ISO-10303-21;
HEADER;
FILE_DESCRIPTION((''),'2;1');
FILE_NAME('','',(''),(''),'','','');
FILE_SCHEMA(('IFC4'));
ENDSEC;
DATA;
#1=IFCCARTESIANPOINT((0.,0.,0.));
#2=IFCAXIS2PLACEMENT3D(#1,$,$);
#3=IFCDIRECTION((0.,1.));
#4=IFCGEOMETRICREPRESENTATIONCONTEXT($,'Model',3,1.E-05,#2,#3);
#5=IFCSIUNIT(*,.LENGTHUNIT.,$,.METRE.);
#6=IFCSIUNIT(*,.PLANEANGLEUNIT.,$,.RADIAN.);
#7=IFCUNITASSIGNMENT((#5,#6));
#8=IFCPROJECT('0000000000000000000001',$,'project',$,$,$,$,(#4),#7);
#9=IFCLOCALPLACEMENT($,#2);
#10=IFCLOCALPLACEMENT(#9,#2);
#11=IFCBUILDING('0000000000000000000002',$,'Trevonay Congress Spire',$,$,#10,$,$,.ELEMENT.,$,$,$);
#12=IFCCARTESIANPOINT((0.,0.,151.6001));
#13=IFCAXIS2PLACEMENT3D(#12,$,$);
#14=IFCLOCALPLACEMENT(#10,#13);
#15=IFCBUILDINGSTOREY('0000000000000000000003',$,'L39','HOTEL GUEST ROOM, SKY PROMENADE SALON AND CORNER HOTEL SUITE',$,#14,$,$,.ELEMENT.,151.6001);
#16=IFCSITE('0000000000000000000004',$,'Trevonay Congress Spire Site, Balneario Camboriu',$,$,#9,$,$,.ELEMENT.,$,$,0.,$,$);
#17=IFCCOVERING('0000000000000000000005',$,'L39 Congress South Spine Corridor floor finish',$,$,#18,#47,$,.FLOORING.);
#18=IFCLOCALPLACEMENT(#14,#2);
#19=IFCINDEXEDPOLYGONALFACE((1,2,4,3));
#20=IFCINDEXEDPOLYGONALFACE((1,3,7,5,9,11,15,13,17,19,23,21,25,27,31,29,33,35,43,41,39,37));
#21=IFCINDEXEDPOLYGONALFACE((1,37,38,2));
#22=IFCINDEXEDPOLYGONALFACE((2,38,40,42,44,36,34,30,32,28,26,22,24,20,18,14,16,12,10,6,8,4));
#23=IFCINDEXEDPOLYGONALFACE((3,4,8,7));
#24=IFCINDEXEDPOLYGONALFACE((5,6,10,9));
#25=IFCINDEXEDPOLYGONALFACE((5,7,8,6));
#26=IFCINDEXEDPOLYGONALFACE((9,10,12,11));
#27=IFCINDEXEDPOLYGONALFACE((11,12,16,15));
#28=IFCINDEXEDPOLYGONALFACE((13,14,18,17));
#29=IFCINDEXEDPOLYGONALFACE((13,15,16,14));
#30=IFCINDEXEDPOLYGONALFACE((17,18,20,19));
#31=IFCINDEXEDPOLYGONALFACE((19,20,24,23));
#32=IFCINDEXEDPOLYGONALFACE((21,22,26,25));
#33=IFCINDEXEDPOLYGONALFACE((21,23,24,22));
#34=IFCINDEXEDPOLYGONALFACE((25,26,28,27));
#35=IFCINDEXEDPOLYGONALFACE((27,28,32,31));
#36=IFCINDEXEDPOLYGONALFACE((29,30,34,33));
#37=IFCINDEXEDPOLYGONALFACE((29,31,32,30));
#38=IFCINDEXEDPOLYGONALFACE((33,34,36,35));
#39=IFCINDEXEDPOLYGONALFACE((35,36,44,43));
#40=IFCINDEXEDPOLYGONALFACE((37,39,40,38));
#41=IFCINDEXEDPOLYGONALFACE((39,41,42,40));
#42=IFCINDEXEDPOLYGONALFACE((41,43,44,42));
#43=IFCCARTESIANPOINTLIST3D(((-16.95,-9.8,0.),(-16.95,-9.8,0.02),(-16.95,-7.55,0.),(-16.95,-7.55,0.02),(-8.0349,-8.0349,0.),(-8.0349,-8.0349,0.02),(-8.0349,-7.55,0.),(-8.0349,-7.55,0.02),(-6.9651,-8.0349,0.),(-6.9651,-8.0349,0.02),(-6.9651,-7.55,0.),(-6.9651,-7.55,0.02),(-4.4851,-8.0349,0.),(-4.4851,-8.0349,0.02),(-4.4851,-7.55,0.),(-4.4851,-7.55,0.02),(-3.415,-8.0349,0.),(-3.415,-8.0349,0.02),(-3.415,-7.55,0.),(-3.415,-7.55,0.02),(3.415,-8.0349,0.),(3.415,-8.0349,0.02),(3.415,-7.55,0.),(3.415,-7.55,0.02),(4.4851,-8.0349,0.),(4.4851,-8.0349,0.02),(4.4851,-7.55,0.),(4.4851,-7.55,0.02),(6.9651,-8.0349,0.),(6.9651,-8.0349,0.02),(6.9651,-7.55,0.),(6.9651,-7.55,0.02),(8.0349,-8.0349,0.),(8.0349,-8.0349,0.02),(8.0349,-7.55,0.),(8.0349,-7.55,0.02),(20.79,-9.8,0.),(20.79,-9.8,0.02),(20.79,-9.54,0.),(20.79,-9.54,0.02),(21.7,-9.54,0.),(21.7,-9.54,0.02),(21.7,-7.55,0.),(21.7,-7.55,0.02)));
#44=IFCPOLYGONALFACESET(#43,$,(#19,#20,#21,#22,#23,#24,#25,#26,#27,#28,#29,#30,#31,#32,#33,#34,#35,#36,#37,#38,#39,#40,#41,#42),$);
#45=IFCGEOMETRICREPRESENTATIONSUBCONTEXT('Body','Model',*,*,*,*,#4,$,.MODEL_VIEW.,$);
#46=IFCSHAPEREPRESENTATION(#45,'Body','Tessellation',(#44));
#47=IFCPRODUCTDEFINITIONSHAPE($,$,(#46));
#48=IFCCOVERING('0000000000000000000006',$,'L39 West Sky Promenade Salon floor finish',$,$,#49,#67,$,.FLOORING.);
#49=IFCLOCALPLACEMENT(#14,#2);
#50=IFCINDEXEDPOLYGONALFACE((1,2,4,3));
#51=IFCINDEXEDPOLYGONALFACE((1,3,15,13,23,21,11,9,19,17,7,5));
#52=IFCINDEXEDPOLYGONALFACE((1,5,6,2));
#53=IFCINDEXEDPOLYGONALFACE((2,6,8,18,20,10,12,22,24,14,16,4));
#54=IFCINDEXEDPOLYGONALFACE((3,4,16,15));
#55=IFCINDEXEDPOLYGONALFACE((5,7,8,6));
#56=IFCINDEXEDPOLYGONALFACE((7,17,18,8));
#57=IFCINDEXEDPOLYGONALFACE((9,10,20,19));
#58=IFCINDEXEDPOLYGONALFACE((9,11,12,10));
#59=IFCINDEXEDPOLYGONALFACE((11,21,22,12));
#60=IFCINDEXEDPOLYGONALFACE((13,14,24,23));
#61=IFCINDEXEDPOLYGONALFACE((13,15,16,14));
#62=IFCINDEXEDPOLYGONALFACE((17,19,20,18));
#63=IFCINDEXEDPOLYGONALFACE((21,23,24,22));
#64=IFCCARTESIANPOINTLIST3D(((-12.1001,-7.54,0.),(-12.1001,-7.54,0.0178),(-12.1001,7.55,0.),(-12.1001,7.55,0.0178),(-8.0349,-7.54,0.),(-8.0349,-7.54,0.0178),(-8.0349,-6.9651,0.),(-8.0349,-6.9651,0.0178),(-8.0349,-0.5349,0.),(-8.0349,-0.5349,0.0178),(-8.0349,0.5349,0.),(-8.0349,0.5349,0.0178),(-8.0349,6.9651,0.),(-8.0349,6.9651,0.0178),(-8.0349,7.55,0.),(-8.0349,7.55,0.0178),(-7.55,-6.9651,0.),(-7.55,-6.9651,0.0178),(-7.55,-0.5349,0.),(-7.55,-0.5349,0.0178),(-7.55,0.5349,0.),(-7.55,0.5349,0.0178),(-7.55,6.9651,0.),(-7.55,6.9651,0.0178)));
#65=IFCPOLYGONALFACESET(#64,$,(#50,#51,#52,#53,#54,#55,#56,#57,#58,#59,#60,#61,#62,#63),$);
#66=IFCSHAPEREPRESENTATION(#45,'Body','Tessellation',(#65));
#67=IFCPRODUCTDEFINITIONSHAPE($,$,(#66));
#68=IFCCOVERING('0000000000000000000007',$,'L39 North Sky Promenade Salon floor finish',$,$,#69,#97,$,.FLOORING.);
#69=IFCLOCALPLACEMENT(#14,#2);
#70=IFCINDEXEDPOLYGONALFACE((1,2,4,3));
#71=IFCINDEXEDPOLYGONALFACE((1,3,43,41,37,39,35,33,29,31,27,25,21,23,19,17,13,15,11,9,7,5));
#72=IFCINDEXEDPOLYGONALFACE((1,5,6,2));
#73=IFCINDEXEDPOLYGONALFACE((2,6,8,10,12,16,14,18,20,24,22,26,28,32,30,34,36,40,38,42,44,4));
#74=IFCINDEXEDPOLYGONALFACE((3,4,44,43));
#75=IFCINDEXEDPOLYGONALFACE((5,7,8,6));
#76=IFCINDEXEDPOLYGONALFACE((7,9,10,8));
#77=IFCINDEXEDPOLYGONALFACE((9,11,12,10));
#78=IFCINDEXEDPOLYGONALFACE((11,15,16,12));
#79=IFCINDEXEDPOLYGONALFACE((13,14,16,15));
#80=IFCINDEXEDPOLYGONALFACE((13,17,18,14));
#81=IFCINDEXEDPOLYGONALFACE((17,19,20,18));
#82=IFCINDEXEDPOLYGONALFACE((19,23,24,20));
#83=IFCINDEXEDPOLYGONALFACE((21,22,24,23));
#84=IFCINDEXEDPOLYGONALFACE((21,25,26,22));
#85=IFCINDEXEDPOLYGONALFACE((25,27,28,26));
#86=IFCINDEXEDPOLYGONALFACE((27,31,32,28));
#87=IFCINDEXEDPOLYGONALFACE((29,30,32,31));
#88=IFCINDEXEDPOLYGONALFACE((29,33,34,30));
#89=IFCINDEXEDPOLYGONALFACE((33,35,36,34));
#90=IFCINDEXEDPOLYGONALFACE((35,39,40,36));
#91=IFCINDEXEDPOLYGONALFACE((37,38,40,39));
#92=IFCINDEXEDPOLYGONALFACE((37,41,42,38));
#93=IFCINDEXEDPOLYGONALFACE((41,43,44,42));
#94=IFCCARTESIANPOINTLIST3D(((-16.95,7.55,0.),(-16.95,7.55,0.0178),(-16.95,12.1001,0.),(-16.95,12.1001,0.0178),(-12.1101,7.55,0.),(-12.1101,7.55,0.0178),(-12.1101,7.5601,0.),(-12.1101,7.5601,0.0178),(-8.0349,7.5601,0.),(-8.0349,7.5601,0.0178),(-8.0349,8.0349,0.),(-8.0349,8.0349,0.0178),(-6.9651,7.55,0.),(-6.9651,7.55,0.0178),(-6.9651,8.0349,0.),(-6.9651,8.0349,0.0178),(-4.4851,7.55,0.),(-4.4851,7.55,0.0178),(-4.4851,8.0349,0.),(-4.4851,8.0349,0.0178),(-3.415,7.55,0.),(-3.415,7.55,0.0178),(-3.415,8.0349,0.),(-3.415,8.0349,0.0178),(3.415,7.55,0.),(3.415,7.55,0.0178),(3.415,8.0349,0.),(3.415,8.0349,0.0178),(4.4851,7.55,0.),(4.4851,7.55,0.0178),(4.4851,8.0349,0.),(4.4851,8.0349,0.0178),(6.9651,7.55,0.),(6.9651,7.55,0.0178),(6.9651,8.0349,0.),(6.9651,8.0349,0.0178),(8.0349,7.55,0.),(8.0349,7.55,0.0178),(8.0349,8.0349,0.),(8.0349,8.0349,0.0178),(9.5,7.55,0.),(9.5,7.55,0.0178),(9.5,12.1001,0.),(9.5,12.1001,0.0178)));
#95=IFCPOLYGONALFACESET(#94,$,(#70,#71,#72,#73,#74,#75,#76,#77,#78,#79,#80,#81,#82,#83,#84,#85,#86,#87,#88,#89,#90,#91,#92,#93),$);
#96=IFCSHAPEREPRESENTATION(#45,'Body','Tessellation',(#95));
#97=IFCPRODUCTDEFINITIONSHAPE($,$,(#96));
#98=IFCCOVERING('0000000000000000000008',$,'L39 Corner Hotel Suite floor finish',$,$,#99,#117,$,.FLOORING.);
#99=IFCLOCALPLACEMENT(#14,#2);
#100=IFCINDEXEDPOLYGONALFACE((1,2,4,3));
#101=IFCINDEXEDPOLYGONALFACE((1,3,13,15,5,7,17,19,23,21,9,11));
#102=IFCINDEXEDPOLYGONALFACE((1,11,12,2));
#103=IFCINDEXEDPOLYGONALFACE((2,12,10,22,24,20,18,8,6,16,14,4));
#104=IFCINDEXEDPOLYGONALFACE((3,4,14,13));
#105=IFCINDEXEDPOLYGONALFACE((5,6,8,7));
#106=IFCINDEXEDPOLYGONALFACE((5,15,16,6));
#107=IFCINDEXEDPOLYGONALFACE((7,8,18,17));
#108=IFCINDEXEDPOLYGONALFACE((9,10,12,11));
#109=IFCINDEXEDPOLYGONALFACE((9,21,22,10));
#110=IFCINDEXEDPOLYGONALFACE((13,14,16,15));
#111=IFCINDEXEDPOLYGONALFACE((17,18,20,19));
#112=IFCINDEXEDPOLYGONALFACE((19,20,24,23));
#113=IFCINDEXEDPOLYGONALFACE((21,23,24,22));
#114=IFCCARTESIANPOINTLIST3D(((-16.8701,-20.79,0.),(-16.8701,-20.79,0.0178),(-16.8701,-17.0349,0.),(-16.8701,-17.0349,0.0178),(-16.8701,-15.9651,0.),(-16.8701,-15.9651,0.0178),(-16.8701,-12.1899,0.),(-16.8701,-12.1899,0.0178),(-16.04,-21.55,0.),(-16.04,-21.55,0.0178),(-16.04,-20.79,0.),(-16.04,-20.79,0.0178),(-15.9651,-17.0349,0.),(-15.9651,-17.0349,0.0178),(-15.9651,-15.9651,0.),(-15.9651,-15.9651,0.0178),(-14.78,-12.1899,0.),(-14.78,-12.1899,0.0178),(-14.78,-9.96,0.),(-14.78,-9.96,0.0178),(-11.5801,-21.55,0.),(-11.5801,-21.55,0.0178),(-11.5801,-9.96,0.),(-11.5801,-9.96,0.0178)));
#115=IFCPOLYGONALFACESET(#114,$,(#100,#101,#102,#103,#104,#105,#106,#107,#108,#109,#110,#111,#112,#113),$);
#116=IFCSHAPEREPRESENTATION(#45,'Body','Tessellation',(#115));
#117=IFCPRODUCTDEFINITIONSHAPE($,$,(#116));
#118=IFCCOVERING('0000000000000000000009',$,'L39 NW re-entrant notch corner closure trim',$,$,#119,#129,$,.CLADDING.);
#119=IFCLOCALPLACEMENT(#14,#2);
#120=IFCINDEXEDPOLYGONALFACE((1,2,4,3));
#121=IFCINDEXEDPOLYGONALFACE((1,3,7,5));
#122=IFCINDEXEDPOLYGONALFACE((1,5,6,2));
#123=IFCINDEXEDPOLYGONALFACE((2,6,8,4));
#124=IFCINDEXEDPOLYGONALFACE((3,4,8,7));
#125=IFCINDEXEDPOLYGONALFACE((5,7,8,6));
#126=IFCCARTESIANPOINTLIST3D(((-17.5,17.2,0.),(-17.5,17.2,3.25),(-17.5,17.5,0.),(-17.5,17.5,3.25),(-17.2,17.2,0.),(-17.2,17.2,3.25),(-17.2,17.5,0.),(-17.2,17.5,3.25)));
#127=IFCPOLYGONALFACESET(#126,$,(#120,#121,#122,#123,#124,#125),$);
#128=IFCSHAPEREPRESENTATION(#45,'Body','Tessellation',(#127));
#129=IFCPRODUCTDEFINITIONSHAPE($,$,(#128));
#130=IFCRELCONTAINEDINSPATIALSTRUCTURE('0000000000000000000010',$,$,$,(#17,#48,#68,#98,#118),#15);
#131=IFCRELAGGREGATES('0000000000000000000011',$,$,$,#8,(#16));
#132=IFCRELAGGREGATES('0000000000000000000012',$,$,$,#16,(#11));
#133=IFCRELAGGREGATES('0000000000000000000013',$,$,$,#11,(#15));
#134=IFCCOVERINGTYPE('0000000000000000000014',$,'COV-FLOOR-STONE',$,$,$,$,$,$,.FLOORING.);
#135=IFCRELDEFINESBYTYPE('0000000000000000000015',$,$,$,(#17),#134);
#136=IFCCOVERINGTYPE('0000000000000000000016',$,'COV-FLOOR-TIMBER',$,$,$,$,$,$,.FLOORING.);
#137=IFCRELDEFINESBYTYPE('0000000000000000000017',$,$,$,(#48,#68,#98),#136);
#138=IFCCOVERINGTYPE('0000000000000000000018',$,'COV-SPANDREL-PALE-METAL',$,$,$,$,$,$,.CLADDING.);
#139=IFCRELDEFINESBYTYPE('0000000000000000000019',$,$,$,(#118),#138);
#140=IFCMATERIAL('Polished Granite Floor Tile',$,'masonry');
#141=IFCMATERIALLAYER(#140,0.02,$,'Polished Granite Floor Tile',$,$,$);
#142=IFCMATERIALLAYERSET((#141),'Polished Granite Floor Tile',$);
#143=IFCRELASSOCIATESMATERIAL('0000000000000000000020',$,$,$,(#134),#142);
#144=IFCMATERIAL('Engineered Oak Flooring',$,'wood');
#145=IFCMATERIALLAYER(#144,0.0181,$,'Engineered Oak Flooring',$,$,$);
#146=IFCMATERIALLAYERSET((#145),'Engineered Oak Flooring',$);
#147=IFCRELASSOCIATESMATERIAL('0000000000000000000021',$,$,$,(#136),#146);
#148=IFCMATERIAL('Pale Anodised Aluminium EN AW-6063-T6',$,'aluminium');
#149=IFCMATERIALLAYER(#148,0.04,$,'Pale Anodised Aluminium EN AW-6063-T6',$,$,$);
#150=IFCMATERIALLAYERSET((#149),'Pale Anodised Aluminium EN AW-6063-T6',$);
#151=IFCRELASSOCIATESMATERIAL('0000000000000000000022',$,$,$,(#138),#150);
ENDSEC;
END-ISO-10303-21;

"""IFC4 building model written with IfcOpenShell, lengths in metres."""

from ifc_helpers import new_model, si_unit, direction, frame, origin, place, context, subcontext, project, spatial, polyline, outline, extrude, material, layer, layer_set, type_object, element, save


model = new_model("IFC4")

# Units and contexts
model_context = context("Model", 3, precision=1e-05, world=origin(), true_north=direction((0.0, 1.0)))
body_context = subcontext(model_context, "Body", "Model", "MODEL_VIEW")
ifc_project = project(units=[si_unit("LENGTHUNIT", "METRE"), si_unit("PLANEANGLEUNIT", "RADIAN")], contexts=[model_context])

# Site, building, storey
site_placement = place(None, origin())
site = spatial("IfcSite", under=ifc_project, at=site_placement, Name="Trevonay Congress Spire Site, Balneario Camboriu", CompositionType="ELEMENT", RefElevation=0.0)
building_placement = place(site_placement, origin())
building = spatial("IfcBuilding", under=site, at=building_placement, Name="Trevonay Congress Spire", CompositionType="ELEMENT")
storey_placement = place(building_placement, frame((0.0, 0.0, 151.6001)))
storey = spatial("IfcBuildingStorey", under=building, at=storey_placement, Name="L39", Description="HOTEL GUEST ROOM, SKY PROMENADE SALON AND CORNER HOTEL SUITE", CompositionType="ELEMENT", Elevation=151.6001)

# Shared definitions
ifc_material_1 = material(Name="Pale Anodised Aluminium EN AW-6063-T6", Category="aluminium")

# Coverings
ifc_material_2 = material(Name="Polished Granite Floor Tile", Category="masonry")
ifc_layer_1 = layer(ifc_material_2, 0.02, Name="Polished Granite Floor Tile")
ifc_layer_set_1 = layer_set([ifc_layer_1], Name="Polished Granite Floor Tile")
covering_type_1 = type_object("IfcCoveringType", Name="COV-FLOOR-STONE", PredefinedType="FLOORING", material=ifc_layer_set_1)
covering_1_placement = place(storey_placement, origin())
element("IfcCovering", 1, at=covering_1_placement, inside=storey, type_object=covering_type_1, Name="L39 Congress South Spine Corridor floor finish", PredefinedType="FLOORING", context=body_context, shape_type="SweptSolid", body=[
    extrude(outline(polyline([(-16.95, -9.8), (-16.95, -7.55), (-8.0349, -7.55), (-8.0349, -8.0349), (-6.9651, -8.0349), (-6.9651, -7.55), (-4.4851, -7.55), (-4.4851, -8.0349), (-3.415, -8.0349), (-3.415, -7.55), (3.415, -7.55), (3.415, -8.0349), (4.4851, -8.0349), (4.4851, -7.55), (6.9651, -7.55), (6.9651, -8.0349), (8.0349, -8.0349), (8.0349, -7.55), (21.7, -7.55), (21.7, -9.54), (20.79, -9.54), (20.79, -9.8), (-16.95, -9.8)])), origin(), (0.0, 0.0, 1.0), 0.02),
])
ifc_material_3 = material(Name="Engineered Oak Flooring", Category="wood")
ifc_layer_2 = layer(ifc_material_3, 0.0181, Name="Engineered Oak Flooring")
ifc_layer_set_2 = layer_set([ifc_layer_2], Name="Engineered Oak Flooring")
covering_type_2 = type_object("IfcCoveringType", Name="COV-FLOOR-TIMBER", PredefinedType="FLOORING", material=ifc_layer_set_2)
covering_2_placement = place(storey_placement, origin())
element("IfcCovering", 2, at=covering_2_placement, inside=storey, type_object=covering_type_2, Name="L39 West Sky Promenade Salon floor finish", PredefinedType="FLOORING", context=body_context, shape_type="SweptSolid", body=[
    extrude(outline(polyline([(-12.1001, 7.55), (-8.0349, 7.55), (-8.0349, 6.9651), (-7.55, 6.9651), (-7.55, 0.5349), (-8.0349, 0.5349), (-8.0349, -0.5349), (-7.55, -0.5349), (-7.55, -6.9651), (-8.0349, -6.9651), (-8.0349, -7.54), (-12.1001, -7.54), (-12.1001, 7.55)])), origin(), (0.0, 0.0, 1.0), 0.0178),
])
covering_3_placement = place(storey_placement, origin())
element("IfcCovering", 3, at=covering_3_placement, inside=storey, type_object=covering_type_2, Name="L39 North Sky Promenade Salon floor finish", PredefinedType="FLOORING", context=body_context, shape_type="SweptSolid", body=[
    extrude(outline(polyline([(-16.95, 12.1001), (9.5, 12.1001), (9.5, 7.55), (8.0349, 7.55), (8.0349, 8.0349), (6.9651, 8.0349), (6.9651, 7.55), (4.4851, 7.55), (4.4851, 8.0349), (3.415, 8.0349), (3.415, 7.55), (-3.415, 7.55), (-3.415, 8.0349), (-4.4851, 8.0349), (-4.4851, 7.55), (-6.9651, 7.55), (-6.9651, 8.0349), (-8.0349, 8.0349), (-8.0349, 7.5601), (-12.1101, 7.5601), (-12.1101, 7.55), (-16.95, 7.55), (-16.95, 12.1001)])), origin(), (0.0, 0.0, 1.0), 0.0178),
])
covering_4_placement = place(storey_placement, origin())
element("IfcCovering", 4, at=covering_4_placement, inside=storey, type_object=covering_type_2, Name="L39 Corner Hotel Suite floor finish", PredefinedType="FLOORING", context=body_context, shape_type="SweptSolid", body=[
    extrude(outline(polyline([(-16.8701, -12.1899), (-14.78, -12.1899), (-14.78, -9.96), (-11.5801, -9.96), (-11.5801, -21.55), (-16.04, -21.55), (-16.04, -20.79), (-16.8701, -20.79), (-16.8701, -17.0349), (-15.9651, -17.0349), (-15.9651, -15.9651), (-16.8701, -15.9651), (-16.8701, -12.1899)])), origin(), (0.0, 0.0, 1.0), 0.0178),
])
ifc_layer_3 = layer(ifc_material_1, 0.04, Name="Pale Anodised Aluminium EN AW-6063-T6")
ifc_layer_set_3 = layer_set([ifc_layer_3], Name="Pale Anodised Aluminium EN AW-6063-T6")
covering_type_3 = type_object("IfcCoveringType", Name="COV-SPANDREL-PALE-METAL", PredefinedType="CLADDING", material=ifc_layer_set_3)
covering_5_placement = place(storey_placement, origin())
element("IfcCovering", 5, at=covering_5_placement, inside=storey, type_object=covering_type_3, Name="L39 NW re-entrant notch corner closure trim", PredefinedType="CLADDING", context=body_context, shape_type="SweptSolid", body=[
    extrude(outline(polyline([(-17.5, 17.2), (-17.2, 17.2), (-17.2, 17.5), (-17.5, 17.5), (-17.5, 17.2)])), origin(), (0.0, 0.0, 1.0), 3.25),
])

save(model, "model.ifc")
